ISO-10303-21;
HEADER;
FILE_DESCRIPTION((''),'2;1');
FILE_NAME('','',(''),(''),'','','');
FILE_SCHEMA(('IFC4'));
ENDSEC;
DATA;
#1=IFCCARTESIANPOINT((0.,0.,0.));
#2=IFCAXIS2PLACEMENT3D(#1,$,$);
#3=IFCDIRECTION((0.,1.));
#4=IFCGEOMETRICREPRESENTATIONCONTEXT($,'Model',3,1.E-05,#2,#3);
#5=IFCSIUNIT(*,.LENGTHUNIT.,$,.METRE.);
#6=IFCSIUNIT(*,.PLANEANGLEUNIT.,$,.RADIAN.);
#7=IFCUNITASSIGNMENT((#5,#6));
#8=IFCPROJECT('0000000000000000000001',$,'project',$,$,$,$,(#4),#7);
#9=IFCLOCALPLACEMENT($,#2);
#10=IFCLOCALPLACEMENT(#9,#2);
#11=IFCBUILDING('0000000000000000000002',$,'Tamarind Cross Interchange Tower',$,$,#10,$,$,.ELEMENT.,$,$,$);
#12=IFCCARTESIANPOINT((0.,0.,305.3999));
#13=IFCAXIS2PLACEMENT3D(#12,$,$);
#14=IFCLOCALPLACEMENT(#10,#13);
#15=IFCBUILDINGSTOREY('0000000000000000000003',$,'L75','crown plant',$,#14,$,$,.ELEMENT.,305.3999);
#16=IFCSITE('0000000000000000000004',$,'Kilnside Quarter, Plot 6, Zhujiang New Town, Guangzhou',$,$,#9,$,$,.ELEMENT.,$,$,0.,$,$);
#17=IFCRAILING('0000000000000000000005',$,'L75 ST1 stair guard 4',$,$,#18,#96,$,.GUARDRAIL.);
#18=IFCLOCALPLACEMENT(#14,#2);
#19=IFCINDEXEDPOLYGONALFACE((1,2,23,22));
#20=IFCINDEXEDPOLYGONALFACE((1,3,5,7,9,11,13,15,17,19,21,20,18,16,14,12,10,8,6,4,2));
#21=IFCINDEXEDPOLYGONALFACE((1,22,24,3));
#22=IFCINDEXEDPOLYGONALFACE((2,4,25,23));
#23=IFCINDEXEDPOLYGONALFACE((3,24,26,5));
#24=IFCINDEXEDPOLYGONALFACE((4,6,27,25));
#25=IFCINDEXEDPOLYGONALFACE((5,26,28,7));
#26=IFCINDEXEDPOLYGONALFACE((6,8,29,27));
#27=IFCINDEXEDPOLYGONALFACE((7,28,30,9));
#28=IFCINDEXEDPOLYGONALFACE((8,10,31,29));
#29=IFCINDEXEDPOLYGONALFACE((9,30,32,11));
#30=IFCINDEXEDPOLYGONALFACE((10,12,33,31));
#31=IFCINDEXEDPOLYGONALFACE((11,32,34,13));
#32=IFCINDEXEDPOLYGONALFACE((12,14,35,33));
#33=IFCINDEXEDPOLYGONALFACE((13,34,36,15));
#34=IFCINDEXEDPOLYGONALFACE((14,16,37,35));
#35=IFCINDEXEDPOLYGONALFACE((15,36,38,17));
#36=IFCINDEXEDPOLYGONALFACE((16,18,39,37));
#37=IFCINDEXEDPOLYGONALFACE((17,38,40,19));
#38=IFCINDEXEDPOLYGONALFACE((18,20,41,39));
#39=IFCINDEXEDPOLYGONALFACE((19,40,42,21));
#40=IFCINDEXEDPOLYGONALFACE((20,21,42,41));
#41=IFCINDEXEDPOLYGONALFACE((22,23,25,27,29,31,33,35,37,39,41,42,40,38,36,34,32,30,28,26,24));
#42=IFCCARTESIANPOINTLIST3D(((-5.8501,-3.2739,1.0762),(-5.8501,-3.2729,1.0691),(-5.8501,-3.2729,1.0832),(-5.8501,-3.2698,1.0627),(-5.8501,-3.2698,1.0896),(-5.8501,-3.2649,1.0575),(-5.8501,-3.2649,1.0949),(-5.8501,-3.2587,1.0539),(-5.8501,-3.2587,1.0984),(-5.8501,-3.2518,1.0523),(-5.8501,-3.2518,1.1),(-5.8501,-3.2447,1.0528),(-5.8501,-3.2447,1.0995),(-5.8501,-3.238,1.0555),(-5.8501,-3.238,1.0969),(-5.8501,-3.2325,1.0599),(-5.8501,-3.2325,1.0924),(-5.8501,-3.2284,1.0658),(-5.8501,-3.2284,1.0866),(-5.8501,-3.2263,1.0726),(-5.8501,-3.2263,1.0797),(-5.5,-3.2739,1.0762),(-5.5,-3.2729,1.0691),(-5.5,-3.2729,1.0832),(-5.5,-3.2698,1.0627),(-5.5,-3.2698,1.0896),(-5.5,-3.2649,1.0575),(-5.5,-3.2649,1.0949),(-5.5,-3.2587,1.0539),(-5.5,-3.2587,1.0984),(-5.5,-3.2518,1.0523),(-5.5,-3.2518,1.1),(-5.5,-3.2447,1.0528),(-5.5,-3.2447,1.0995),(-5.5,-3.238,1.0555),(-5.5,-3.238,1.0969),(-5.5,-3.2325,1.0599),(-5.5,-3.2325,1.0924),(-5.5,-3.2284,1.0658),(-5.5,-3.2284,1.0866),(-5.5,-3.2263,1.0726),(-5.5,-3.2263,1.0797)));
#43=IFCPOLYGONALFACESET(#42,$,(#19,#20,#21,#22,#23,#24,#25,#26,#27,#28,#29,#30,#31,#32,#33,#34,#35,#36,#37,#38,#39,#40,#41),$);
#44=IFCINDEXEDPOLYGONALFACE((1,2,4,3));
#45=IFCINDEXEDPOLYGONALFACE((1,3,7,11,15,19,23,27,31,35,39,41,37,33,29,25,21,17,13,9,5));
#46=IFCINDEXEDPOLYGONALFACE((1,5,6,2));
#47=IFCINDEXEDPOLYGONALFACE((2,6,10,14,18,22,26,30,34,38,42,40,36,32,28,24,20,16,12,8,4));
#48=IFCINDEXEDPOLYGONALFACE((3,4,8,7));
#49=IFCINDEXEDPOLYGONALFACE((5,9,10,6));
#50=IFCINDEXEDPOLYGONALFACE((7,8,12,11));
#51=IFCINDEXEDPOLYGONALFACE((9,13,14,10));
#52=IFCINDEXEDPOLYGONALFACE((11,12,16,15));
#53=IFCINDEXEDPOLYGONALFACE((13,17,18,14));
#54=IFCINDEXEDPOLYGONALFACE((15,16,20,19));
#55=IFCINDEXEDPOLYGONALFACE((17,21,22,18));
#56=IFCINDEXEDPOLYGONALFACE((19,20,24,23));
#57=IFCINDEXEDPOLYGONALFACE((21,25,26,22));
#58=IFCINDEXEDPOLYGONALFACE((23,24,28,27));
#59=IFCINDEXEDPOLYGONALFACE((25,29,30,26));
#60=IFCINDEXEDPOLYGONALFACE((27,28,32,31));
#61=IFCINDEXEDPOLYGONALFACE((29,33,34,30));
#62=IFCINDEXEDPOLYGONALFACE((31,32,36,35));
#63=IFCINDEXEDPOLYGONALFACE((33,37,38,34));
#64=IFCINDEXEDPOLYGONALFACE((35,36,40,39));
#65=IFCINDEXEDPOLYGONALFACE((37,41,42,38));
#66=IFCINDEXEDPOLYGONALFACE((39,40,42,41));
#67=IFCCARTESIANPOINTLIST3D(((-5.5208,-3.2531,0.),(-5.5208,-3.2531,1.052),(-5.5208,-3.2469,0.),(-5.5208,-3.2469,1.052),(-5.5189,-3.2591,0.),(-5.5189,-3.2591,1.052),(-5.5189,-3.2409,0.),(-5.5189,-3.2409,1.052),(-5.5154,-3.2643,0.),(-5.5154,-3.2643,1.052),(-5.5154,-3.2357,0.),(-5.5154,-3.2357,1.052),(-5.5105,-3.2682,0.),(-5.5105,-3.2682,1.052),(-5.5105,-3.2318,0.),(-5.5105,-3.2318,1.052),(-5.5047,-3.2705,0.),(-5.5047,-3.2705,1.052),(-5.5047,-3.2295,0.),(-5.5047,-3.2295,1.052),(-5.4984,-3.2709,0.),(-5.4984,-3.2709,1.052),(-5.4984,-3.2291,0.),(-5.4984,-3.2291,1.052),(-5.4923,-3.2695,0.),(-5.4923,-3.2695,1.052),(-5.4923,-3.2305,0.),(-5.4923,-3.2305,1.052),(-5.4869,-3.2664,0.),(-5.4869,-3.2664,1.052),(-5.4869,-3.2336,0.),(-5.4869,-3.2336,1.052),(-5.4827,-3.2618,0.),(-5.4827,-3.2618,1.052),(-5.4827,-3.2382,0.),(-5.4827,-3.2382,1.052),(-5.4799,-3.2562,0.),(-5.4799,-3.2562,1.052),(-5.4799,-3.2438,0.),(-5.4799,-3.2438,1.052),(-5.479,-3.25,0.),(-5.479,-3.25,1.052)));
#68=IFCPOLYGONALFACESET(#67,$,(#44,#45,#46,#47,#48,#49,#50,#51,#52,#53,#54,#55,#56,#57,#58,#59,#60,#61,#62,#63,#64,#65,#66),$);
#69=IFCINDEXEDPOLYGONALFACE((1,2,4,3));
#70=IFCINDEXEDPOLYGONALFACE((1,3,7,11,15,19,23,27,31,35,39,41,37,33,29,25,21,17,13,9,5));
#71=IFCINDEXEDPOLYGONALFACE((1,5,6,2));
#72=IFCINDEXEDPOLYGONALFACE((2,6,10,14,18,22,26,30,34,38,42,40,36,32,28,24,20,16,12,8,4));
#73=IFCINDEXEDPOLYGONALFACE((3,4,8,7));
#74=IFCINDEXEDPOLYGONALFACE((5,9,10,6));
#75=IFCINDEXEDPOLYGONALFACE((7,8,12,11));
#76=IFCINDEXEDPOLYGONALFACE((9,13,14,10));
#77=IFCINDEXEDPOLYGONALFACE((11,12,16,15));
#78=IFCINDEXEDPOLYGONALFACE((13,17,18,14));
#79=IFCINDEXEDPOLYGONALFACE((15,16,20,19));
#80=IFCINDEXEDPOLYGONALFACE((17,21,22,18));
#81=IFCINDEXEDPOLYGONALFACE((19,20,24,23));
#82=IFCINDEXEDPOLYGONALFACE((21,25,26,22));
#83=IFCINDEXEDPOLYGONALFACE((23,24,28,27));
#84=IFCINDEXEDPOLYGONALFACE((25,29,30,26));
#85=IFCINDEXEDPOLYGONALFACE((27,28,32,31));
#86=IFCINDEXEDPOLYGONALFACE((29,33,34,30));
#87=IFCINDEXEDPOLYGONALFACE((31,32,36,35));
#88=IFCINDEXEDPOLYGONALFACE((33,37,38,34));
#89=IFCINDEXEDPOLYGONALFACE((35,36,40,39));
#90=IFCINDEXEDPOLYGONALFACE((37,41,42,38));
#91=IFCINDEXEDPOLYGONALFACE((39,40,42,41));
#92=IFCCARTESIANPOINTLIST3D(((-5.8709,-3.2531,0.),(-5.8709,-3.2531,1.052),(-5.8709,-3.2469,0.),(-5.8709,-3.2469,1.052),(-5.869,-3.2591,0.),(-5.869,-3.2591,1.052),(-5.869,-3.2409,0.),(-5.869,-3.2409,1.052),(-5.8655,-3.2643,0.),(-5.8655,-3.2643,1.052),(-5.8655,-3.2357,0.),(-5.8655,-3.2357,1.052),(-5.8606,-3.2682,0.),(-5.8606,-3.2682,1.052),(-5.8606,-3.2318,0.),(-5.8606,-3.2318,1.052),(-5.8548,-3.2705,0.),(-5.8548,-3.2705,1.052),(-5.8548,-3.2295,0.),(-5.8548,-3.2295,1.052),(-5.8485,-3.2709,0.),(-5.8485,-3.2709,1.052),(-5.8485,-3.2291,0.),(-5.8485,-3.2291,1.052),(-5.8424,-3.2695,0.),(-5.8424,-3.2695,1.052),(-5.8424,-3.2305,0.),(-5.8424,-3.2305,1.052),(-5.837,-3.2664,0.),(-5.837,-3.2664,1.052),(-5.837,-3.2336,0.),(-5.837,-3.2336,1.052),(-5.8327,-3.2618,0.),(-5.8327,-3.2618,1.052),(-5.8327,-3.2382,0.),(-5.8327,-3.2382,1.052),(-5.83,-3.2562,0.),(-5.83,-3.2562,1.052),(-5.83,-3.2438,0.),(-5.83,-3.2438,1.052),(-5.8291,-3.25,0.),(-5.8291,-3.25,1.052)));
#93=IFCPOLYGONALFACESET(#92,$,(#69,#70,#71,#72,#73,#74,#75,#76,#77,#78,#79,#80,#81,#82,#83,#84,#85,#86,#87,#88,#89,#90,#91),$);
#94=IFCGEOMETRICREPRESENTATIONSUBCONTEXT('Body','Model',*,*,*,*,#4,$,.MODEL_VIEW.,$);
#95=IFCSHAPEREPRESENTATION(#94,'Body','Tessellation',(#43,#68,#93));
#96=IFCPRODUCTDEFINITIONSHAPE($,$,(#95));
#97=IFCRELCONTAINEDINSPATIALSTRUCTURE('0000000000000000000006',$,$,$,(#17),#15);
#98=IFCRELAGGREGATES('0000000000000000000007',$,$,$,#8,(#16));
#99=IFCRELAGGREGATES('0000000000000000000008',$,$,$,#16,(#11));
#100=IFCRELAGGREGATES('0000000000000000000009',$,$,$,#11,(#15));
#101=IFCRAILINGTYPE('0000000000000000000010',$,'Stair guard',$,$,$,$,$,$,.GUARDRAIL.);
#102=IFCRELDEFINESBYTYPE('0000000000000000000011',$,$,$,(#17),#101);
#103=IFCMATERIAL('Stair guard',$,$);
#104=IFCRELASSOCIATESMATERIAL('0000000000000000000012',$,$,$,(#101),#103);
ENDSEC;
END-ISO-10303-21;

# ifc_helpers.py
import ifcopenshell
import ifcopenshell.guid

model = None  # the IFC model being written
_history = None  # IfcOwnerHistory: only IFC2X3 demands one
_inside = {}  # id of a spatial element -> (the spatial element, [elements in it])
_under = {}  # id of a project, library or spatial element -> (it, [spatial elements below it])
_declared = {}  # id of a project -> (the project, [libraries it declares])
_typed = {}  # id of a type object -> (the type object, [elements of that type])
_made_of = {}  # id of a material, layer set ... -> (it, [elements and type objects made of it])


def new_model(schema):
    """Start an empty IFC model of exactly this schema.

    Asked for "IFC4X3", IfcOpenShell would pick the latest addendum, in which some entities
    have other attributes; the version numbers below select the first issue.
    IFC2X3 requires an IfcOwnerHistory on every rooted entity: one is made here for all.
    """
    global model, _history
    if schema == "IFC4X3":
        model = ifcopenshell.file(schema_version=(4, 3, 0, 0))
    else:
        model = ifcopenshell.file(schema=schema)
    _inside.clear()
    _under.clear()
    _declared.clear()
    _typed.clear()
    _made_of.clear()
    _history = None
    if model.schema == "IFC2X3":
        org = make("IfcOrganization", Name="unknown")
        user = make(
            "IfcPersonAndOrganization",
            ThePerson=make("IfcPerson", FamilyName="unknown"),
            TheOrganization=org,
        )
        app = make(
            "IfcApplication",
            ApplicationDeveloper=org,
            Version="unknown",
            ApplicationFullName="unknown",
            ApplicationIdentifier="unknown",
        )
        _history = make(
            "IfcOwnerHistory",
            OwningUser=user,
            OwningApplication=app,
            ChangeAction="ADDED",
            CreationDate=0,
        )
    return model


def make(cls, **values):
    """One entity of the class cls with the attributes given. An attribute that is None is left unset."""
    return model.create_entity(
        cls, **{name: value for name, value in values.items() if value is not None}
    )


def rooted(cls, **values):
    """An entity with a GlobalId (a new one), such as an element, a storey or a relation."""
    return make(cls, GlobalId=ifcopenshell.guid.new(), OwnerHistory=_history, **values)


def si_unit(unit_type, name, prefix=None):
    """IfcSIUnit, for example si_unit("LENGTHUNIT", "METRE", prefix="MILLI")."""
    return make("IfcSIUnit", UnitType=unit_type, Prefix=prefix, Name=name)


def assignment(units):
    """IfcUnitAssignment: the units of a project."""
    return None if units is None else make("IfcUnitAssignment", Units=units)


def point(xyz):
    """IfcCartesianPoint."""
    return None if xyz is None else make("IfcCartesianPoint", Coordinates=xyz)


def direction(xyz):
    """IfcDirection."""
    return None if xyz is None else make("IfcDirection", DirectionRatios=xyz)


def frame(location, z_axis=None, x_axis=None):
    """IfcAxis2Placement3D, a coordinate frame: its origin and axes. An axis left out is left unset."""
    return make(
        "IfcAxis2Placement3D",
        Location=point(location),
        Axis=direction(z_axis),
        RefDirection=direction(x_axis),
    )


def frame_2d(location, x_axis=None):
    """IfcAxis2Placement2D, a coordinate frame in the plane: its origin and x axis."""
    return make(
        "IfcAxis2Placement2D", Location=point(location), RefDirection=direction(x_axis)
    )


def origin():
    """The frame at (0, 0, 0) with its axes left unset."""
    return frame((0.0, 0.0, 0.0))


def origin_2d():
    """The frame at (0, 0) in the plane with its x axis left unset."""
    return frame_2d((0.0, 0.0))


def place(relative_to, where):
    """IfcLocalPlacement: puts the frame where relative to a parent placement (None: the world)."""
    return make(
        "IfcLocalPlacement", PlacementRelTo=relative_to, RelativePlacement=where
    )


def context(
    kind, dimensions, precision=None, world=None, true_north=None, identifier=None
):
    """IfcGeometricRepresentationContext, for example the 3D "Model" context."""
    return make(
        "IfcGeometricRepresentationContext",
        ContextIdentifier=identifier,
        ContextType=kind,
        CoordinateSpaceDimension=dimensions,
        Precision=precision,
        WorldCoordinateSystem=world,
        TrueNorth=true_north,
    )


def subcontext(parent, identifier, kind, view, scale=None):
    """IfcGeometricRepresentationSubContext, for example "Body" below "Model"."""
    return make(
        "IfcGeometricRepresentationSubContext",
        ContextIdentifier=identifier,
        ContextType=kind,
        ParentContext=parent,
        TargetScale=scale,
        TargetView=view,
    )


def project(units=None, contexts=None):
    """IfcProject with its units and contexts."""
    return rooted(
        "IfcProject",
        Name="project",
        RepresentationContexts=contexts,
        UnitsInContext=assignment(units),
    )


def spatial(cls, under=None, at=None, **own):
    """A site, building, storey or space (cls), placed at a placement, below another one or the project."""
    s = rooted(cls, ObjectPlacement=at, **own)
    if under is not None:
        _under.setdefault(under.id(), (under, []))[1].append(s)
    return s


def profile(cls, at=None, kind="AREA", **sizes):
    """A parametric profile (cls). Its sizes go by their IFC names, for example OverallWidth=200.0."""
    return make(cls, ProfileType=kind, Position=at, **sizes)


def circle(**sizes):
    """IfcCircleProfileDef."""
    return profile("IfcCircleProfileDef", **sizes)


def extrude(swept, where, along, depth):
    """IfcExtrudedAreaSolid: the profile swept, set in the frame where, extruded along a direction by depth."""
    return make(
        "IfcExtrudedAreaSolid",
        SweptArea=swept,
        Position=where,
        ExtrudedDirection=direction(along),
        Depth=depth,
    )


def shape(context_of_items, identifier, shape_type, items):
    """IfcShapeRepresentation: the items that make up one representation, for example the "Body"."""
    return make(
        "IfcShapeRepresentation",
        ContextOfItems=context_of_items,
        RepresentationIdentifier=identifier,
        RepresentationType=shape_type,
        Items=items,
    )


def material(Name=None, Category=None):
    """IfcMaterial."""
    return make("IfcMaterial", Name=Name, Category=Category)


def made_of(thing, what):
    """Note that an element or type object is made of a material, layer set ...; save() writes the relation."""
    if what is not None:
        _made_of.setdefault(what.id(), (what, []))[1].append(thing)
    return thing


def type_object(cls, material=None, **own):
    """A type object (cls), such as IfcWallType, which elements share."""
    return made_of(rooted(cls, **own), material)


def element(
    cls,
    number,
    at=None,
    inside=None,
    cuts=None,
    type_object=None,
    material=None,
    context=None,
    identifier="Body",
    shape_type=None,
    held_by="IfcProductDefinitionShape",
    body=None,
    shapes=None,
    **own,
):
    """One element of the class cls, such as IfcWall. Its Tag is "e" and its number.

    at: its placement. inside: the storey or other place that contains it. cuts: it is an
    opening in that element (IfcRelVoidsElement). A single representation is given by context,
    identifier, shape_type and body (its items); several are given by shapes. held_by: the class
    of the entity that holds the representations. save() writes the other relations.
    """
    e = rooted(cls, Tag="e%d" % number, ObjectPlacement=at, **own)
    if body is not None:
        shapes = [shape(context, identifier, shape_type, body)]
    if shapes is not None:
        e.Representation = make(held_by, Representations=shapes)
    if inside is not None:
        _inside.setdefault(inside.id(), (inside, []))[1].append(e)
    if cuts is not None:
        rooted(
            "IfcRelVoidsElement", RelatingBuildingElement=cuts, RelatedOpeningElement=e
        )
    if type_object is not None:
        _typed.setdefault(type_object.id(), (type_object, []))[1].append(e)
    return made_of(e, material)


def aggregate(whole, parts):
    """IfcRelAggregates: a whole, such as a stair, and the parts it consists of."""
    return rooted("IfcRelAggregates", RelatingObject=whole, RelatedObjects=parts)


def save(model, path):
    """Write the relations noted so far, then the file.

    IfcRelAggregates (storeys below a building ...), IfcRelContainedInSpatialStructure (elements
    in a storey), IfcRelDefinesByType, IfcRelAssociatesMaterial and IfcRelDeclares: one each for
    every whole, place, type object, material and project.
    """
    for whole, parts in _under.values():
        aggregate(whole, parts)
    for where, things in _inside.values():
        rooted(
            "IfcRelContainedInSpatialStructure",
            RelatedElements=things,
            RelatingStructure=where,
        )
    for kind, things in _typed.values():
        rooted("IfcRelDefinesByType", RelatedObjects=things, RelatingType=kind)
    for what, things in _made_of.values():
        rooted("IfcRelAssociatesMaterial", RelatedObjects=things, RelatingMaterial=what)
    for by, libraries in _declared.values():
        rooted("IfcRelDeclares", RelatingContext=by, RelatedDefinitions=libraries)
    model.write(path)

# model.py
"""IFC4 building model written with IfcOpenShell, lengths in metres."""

from ifc_helpers import new_model, si_unit, direction, frame, origin, origin_2d, place, context, subcontext, project, spatial, circle, extrude, material, type_object, element, save


model = new_model("IFC4")

# Units and contexts
model_context = context("Model", 3, precision=1e-05, world=origin(), true_north=direction((0.0, 1.0)))
body_context = subcontext(model_context, "Body", "Model", "MODEL_VIEW")
ifc_project = project(units=[si_unit("LENGTHUNIT", "METRE"), si_unit("PLANEANGLEUNIT", "RADIAN")], contexts=[model_context])

# Site, building, storey
site_placement = place(None, origin())
site = spatial("IfcSite", under=ifc_project, at=site_placement, Name="Kilnside Quarter, Plot 6, Zhujiang New Town, Guangzhou", CompositionType="ELEMENT", RefElevation=0.0)
building_placement = place(site_placement, origin())
building = spatial("IfcBuilding", under=site, at=building_placement, Name="Tamarind Cross Interchange Tower", CompositionType="ELEMENT")
storey_placement = place(building_placement, frame((0.0, 0.0, 305.3999)))
storey = spatial("IfcBuildingStorey", under=building, at=storey_placement, Name="L75", Description="crown plant", CompositionType="ELEMENT", Elevation=305.3999)

# Railing
ifc_material_1 = material(Name="Stair guard")
railing_type_1 = type_object("IfcRailingType", Name="Stair guard", PredefinedType="GUARDRAIL", material=ifc_material_1)
railing_1_placement = place(storey_placement, frame((-5.5, -3.25, 0.0)))
element("IfcRailing", 1, at=railing_1_placement, inside=storey, type_object=railing_type_1, Name="L75 ST1 stair guard 4", PredefinedType="GUARDRAIL", context=body_context, shape_type="SweptSolid", body=[
    extrude(circle(Radius=0.0239, at=origin_2d()), frame((0.0, 0.0, 1.0762), z_axis=(-1.0, 0.0, 0.0), x_axis=(0.0, -1.0, 0.0)), (0.0, 0.0, 1.0), 0.3501),
    extrude(circle(Radius=0.021, at=origin_2d()), origin(), (0.0, 0.0, 1.0), 1.052),
    extrude(circle(Radius=0.021, at=origin_2d()), frame((-0.3501, 0.0, 0.0)), (0.0, 0.0, 1.0), 1.052),
])

save(model, "model.ifc")
